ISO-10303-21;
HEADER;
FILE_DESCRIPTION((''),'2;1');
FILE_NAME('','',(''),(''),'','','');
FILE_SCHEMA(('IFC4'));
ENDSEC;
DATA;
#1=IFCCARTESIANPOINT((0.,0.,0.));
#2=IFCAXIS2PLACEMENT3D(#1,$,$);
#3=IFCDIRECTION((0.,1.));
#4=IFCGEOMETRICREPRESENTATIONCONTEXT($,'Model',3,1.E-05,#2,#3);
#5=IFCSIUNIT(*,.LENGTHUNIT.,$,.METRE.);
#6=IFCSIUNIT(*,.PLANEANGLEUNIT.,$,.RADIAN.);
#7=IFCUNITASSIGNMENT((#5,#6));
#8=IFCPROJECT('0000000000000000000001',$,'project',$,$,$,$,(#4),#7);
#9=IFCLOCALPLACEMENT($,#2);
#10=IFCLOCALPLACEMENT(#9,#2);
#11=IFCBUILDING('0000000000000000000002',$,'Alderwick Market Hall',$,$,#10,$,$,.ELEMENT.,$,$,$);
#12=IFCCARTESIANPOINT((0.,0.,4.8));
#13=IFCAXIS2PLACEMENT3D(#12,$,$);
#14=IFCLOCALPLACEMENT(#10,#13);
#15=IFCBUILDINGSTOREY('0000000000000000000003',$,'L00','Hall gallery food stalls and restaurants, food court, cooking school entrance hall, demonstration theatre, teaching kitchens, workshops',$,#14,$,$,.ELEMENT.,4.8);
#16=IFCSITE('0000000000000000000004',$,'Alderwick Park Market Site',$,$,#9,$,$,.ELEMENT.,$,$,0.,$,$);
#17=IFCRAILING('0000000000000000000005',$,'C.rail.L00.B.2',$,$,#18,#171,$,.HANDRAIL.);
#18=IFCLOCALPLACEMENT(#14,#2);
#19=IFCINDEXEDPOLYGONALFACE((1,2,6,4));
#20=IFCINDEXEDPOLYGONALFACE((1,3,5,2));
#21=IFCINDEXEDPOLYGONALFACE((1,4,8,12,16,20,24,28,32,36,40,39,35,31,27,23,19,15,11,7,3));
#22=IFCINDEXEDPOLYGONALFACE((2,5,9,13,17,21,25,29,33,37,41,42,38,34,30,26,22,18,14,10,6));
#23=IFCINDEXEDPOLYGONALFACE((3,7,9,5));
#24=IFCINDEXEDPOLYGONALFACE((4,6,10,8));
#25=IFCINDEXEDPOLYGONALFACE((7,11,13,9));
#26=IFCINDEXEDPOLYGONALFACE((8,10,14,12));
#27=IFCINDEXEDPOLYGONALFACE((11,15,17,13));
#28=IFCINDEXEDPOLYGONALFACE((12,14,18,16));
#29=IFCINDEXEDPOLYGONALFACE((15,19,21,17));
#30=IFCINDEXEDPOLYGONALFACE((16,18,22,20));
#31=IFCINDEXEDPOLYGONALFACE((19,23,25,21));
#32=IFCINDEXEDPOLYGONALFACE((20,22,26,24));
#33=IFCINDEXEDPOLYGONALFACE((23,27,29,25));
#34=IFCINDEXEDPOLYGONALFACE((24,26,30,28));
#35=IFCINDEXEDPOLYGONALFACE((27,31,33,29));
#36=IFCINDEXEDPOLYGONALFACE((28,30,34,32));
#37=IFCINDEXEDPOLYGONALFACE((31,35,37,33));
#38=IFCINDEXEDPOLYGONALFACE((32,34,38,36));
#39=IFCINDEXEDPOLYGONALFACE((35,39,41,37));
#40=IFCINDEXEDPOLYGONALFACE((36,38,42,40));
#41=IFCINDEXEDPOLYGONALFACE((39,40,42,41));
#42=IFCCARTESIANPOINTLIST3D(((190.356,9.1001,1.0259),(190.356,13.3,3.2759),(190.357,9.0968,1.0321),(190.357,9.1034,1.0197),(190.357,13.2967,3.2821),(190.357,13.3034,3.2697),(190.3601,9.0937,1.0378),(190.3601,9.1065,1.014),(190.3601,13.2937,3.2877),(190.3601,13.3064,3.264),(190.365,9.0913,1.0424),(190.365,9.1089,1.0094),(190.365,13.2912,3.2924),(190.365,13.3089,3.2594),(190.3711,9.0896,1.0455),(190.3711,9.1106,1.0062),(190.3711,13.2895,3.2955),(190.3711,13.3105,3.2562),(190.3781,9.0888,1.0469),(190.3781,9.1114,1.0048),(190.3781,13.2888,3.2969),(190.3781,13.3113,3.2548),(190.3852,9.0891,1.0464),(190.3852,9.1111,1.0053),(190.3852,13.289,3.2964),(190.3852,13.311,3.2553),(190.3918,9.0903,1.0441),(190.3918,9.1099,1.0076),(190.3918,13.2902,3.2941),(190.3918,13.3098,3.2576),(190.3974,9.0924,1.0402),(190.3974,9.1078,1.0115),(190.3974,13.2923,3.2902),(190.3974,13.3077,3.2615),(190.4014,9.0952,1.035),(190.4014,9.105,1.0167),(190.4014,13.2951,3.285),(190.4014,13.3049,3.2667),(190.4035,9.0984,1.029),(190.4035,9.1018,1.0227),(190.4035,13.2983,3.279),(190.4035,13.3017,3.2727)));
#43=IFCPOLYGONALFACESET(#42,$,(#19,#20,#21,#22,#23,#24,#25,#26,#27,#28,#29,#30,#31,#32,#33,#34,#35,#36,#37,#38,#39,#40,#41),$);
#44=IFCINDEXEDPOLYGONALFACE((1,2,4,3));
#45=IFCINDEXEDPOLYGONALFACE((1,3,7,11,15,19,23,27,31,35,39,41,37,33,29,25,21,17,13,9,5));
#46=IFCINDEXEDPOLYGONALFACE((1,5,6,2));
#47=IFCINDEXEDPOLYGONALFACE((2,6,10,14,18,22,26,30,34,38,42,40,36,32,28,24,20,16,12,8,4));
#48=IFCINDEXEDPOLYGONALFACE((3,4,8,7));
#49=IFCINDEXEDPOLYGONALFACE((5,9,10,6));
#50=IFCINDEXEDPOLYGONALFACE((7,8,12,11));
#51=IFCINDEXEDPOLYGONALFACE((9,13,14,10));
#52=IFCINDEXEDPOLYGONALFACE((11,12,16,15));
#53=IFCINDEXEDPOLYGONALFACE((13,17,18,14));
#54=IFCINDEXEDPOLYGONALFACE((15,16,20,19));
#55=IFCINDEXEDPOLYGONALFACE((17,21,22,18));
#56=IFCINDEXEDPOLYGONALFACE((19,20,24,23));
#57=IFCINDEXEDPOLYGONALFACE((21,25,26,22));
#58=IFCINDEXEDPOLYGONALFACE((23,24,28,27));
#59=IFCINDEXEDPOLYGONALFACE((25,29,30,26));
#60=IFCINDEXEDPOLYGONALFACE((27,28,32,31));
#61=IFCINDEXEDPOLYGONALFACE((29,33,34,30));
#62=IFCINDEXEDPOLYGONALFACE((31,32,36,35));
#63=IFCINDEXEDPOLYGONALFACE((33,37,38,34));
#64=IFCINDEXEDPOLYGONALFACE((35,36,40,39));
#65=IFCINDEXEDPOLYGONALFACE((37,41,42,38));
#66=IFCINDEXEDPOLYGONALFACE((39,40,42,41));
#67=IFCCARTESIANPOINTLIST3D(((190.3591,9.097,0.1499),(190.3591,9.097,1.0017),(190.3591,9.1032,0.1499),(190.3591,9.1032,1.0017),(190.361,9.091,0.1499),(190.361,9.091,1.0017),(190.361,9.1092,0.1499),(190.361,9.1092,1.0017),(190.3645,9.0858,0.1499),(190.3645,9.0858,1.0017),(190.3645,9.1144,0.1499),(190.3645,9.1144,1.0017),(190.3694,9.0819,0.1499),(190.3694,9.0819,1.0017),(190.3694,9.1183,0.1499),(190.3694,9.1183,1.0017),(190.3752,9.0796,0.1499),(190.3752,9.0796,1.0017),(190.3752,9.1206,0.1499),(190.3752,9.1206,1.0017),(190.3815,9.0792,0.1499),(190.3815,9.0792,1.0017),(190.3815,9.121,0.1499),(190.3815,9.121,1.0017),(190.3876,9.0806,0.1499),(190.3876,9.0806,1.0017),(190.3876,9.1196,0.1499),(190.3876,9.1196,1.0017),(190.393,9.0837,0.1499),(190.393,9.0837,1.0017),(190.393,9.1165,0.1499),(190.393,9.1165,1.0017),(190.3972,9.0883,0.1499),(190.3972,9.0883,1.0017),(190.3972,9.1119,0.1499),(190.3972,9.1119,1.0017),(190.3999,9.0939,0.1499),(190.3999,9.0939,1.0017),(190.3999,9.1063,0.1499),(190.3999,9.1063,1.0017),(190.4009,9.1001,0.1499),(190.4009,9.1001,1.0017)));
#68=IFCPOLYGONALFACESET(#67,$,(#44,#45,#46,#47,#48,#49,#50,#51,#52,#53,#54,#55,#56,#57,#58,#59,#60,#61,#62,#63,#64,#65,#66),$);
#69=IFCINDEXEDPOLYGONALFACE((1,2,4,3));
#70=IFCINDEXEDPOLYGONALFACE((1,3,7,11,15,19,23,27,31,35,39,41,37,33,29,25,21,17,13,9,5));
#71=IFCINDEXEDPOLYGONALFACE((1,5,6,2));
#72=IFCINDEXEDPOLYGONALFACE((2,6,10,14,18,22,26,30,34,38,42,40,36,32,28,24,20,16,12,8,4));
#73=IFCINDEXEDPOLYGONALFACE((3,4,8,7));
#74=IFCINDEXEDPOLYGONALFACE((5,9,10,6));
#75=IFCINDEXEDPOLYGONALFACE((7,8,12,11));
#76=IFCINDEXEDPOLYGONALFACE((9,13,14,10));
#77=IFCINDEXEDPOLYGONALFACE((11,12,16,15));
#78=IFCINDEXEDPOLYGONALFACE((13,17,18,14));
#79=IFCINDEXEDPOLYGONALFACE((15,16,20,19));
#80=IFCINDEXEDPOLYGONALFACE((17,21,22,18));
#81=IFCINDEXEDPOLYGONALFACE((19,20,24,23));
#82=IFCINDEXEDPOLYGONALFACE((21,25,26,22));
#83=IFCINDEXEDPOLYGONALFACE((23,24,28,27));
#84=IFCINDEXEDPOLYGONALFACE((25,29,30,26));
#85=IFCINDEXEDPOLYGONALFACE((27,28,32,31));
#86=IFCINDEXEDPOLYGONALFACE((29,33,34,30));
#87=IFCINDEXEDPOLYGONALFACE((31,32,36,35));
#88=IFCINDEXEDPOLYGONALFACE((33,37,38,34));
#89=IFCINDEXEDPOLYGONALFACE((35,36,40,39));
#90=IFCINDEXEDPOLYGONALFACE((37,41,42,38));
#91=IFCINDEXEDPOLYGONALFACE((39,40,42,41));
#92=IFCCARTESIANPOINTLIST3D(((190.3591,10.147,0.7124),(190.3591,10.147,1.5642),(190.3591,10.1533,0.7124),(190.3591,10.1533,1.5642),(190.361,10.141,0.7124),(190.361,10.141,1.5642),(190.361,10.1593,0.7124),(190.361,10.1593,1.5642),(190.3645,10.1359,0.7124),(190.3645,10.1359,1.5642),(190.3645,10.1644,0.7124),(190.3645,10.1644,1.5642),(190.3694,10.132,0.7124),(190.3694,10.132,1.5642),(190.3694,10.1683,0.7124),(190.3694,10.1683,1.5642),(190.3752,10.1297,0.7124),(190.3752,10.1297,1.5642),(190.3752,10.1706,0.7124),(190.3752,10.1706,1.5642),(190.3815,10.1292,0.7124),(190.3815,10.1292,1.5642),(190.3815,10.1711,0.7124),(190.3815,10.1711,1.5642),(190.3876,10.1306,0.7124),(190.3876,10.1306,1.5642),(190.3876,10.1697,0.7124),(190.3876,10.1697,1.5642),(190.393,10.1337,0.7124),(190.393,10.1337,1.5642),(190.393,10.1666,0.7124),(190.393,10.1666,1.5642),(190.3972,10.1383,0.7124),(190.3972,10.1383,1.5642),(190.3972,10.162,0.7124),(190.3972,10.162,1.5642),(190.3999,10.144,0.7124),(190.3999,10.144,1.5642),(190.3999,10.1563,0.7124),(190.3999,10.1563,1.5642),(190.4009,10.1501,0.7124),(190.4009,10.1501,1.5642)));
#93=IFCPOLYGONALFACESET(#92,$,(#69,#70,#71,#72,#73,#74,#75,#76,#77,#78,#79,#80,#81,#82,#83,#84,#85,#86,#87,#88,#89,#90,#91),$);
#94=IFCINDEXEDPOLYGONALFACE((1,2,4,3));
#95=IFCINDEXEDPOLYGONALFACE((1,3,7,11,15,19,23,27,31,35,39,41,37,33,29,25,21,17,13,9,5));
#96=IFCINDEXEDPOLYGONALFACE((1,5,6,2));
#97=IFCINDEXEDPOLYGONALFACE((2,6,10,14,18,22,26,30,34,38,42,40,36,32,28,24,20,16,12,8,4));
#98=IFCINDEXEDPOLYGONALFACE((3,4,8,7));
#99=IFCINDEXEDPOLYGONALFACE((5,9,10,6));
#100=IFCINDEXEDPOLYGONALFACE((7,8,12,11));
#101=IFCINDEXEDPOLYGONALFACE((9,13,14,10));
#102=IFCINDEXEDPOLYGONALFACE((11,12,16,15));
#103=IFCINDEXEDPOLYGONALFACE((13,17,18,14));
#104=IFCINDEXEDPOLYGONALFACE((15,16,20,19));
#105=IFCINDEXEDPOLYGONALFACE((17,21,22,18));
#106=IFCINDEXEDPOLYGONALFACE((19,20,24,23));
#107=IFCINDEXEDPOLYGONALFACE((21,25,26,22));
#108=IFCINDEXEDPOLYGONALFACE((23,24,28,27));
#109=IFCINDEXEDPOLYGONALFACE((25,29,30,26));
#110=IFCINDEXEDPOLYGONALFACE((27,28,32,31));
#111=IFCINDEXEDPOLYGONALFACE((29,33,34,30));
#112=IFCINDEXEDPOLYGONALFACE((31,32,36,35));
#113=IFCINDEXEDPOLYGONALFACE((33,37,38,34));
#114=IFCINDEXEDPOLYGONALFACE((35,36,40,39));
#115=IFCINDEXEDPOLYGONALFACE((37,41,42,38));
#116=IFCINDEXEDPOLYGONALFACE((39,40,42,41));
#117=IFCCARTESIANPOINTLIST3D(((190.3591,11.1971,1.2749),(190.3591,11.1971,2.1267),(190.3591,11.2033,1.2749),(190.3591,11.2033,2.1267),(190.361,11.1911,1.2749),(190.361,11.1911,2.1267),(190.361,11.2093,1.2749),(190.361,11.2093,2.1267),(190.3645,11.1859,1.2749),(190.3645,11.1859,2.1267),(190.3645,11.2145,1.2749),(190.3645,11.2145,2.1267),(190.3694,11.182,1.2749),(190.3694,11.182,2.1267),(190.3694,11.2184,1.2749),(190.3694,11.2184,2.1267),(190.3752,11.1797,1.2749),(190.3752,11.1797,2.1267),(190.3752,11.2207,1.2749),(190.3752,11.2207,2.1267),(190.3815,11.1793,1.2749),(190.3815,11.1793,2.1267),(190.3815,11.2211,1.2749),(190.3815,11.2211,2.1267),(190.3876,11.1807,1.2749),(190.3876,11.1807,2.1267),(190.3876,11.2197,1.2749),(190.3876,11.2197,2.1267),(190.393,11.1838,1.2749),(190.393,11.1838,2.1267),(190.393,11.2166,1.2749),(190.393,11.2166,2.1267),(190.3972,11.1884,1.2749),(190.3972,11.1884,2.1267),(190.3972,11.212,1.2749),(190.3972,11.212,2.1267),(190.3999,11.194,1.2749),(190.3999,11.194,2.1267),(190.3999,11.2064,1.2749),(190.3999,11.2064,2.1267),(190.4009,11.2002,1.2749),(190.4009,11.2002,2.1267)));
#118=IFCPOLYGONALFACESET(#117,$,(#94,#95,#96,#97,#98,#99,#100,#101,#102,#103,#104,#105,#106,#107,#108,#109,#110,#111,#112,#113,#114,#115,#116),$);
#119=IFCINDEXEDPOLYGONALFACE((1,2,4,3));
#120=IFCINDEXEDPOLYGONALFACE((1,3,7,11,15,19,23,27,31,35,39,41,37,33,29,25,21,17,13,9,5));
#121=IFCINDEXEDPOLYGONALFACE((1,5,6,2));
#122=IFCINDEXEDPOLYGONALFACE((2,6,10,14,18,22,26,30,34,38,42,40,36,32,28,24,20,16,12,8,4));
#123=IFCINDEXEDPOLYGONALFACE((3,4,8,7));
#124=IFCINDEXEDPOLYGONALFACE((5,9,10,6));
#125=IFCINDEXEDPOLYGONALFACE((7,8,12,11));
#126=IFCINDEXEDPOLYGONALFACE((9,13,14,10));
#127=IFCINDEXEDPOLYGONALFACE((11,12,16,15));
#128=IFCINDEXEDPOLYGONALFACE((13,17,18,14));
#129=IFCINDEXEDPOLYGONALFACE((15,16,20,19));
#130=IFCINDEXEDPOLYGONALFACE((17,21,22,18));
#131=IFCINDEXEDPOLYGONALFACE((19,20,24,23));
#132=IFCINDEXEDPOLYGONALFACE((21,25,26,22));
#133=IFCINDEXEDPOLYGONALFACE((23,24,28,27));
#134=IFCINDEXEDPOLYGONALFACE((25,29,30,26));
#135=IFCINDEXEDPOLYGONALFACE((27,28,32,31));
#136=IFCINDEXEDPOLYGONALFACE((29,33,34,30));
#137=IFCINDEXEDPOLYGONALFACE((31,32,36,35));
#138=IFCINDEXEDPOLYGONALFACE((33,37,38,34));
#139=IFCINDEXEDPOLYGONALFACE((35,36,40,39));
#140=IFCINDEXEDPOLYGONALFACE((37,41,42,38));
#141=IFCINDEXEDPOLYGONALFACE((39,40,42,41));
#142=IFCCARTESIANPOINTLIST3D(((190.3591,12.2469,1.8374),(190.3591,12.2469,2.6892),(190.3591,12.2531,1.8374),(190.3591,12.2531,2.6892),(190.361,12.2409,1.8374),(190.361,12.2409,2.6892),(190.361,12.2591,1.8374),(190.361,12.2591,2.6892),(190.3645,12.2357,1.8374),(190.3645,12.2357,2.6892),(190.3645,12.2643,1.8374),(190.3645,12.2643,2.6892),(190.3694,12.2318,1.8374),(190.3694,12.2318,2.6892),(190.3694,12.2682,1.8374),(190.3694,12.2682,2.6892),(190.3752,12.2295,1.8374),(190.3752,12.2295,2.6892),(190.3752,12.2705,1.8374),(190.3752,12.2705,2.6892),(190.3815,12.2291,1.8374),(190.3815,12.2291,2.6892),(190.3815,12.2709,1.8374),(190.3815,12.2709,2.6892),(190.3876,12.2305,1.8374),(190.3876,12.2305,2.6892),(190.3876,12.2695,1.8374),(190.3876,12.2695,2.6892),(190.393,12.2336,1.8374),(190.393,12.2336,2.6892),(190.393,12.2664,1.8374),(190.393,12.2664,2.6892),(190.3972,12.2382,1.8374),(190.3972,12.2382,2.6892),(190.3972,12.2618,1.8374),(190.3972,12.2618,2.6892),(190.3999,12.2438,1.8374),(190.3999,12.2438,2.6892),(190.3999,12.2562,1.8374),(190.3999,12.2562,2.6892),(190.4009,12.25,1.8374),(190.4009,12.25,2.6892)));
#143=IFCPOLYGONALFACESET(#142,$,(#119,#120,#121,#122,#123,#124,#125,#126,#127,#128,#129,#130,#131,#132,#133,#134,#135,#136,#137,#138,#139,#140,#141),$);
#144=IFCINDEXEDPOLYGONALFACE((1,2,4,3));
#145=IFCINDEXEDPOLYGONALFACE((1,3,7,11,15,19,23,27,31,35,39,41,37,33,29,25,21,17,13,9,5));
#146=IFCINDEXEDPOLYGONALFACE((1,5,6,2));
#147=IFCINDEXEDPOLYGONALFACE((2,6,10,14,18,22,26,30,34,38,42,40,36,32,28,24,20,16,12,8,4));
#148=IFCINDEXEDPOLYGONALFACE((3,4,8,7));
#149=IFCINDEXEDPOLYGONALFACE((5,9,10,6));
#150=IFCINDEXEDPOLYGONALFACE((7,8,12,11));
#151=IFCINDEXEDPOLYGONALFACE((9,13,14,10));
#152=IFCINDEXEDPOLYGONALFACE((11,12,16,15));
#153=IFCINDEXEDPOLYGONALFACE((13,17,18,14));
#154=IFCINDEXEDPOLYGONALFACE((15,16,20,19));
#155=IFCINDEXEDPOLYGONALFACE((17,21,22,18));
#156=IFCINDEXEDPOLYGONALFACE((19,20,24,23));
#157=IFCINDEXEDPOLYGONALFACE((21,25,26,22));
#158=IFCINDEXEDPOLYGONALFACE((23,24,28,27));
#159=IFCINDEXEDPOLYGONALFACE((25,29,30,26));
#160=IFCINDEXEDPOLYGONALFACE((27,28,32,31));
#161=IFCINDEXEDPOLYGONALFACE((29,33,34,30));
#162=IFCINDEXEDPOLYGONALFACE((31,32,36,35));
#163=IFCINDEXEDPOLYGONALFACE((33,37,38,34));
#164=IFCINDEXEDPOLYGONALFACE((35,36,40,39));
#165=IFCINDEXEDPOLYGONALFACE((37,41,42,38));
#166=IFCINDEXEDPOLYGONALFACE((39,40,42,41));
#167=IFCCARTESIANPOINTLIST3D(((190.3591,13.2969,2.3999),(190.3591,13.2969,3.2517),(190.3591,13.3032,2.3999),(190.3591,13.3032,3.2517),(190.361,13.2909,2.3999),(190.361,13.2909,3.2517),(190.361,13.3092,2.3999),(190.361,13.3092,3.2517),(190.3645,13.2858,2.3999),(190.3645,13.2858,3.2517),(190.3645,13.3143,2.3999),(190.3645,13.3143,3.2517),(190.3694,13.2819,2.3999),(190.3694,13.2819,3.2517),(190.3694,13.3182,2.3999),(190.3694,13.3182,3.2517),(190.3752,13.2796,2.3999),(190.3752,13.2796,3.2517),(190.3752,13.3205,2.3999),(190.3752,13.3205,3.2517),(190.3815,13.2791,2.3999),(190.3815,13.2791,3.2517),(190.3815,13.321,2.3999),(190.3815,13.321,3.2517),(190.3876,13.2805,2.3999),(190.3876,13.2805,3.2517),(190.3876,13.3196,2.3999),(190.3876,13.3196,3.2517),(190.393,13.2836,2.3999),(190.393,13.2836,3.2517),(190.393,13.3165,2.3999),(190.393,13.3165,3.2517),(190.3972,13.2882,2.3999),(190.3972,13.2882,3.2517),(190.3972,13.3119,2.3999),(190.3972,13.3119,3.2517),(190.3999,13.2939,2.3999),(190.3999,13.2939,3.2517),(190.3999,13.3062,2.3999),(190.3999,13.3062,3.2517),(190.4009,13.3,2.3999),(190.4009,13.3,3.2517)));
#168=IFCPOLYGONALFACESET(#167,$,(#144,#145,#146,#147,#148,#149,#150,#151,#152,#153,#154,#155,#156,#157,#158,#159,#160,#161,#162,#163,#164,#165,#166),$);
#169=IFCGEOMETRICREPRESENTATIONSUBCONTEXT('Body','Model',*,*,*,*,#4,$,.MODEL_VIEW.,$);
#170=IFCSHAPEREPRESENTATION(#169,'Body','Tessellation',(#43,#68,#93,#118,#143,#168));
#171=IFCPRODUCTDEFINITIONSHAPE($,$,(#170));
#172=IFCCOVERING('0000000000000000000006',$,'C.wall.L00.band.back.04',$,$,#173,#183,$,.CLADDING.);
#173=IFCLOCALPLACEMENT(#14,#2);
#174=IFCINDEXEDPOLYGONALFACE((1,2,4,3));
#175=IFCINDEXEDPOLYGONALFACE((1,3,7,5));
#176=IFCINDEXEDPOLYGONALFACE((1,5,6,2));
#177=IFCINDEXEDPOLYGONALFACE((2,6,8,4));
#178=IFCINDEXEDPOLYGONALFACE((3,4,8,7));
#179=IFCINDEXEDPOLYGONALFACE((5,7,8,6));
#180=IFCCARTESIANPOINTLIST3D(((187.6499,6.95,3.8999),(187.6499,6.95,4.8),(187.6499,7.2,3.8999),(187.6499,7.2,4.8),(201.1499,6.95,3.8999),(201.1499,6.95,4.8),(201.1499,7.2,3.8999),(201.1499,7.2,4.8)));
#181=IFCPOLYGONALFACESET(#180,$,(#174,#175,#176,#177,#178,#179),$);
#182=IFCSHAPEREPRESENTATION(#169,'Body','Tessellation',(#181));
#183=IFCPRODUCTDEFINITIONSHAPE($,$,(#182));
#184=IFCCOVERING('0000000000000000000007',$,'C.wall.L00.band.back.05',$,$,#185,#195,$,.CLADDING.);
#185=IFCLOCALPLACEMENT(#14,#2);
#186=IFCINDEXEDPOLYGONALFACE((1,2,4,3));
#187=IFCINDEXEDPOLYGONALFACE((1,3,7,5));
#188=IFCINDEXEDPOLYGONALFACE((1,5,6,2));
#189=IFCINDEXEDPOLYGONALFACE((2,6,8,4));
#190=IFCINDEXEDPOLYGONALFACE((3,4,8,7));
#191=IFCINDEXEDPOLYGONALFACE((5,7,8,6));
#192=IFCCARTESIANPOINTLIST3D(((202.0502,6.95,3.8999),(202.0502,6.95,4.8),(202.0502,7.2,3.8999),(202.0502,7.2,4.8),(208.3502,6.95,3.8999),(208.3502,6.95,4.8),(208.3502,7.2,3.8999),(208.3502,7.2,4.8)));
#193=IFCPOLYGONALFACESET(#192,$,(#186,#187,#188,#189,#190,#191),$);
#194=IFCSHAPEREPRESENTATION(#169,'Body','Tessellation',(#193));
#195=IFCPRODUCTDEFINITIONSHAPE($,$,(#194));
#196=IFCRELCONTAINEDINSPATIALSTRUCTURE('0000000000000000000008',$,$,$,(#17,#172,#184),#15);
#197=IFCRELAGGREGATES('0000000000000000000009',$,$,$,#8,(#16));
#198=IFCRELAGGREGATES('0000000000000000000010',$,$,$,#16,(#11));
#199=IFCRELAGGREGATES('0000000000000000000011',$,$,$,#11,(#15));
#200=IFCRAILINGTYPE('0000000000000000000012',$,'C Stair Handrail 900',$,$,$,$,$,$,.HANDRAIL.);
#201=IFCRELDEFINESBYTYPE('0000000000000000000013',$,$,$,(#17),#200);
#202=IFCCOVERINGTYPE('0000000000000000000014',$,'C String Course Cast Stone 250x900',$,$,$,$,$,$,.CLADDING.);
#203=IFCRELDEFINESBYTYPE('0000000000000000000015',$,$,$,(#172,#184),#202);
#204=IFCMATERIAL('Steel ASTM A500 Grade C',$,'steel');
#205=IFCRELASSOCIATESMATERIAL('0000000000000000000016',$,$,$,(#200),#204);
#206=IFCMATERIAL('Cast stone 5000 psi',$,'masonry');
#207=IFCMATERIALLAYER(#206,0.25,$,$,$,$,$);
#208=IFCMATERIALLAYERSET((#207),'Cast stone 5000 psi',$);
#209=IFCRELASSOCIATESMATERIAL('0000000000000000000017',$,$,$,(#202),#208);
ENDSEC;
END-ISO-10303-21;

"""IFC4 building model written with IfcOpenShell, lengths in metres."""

from ifc_helpers import new_model, si_unit, direction, frame, frame_2d, origin, origin_2d, place, context, subcontext, project, spatial, rectangle, circle, extrude, material, layer, layer_set, type_object, element, save


model = new_model("IFC4")

# Units and contexts
model_context = context("Model", 3, precision=1e-05, world=origin(), true_north=direction((0.0, 1.0)))
body_context = subcontext(model_context, "Body", "Model", "MODEL_VIEW")
ifc_project = project(units=[si_unit("LENGTHUNIT", "METRE"), si_unit("PLANEANGLEUNIT", "RADIAN")], contexts=[model_context])

# Site, building, storey
site_placement = place(None, origin())
site = spatial("IfcSite", under=ifc_project, at=site_placement, Name="Alderwick Park Market Site", CompositionType="ELEMENT", RefElevation=0.0)
building_placement = place(site_placement, origin())
building = spatial("IfcBuilding", under=site, at=building_placement, Name="Alderwick Market Hall", CompositionType="ELEMENT")
storey_placement = place(building_placement, frame((0.0, 0.0, 4.8)))
storey = spatial("IfcBuildingStorey", under=building, at=storey_placement, Name="L00", Description="Hall gallery food stalls and restaurants, food court, cooking school entrance hall, demonstration theatre, teaching kitchens, workshops", CompositionType="ELEMENT", Elevation=4.8)

# Shared definitions
ifc_material_1 = material(Name="Cast stone 5000 psi", Category="masonry")

# Railing
ifc_material_2 = material(Name="Steel ASTM A500 Grade C", Category="steel")
railing_type_1 = type_object("IfcRailingType", Name="C Stair Handrail 900", PredefinedType="HANDRAIL", material=ifc_material_2)
for number, where, name in (
    (1, (190.3799, 9.1001, 0.1499), "C.rail.L00.B.2"),
):
    element("IfcRailing", number, at=place(storey_placement, frame(where)), inside=storey, type_object=railing_type_1, Name=name, PredefinedType="HANDRAIL", context=body_context, shape_type="SweptSolid", body=[
        extrude(circle(Radius=0.0239, at=origin_2d()), frame((0.0, 0.0, 0.876), z_axis=(0.0, 0.881478, 0.472226), x_axis=(-1.0, 0.0, 0.0)), (0.0, 0.0, 1.0), 4.7646),
        extrude(circle(Radius=0.021, at=origin_2d()), origin(), (0.0, 0.0, 1.0), 0.8518),
        extrude(circle(Radius=0.021, at=origin_2d()), frame((0.0, 1.05, 0.5625)), (0.0, 0.0, 1.0), 0.8518),
        extrude(circle(Radius=0.021, at=origin_2d()), frame((0.0, 2.1001, 1.125)), (0.0, 0.0, 1.0), 0.8518),
        extrude(circle(Radius=0.021, at=origin_2d()), frame((0.0, 3.1499, 1.6875)), (0.0, 0.0, 1.0), 0.8518),
        extrude(circle(Radius=0.021, at=origin_2d()), frame((0.0, 4.2, 2.25)), (0.0, 0.0, 1.0), 0.8518),
    ])

# Coverings
ifc_layer_1 = layer(ifc_material_1, 0.25)
ifc_layer_set_1 = layer_set([ifc_layer_1], Name="Cast stone 5000 psi")
covering_type = type_object("IfcCoveringType", Name="C String Course Cast Stone 250x900", PredefinedType="CLADDING", material=ifc_layer_set_1)
covering_1_placement = place(storey_placement, frame((201.1499, 7.075, 3.8999), z_axis=(0.0, 0.0, 1.0), x_axis=(-1.0, 0.0, 0.0)))
element("IfcCovering", 2, at=covering_1_placement, inside=storey, type_object=covering_type, Name="C.wall.L00.band.back.04", PredefinedType="CLADDING", context=body_context, shape_type="SweptSolid", body=[
    extrude(rectangle(XDim=13.5, YDim=0.25, at=frame_2d((6.75, 0.0))), origin(), (0.0, 0.0, 1.0), 0.9001),
])
covering_2_placement = place(storey_placement, frame((208.3501, 7.075, 3.8999), z_axis=(0.0, 0.0, 1.0), x_axis=(-1.0, 0.0, 0.0)))
element("IfcCovering", 3, at=covering_2_placement, inside=storey, type_object=covering_type, Name="C.wall.L00.band.back.05", PredefinedType="CLADDING", context=body_context, shape_type="SweptSolid", body=[
    extrude(rectangle(XDim=6.3, YDim=0.25, at=frame_2d((3.1499, 0.0))), origin(), (0.0, 0.0, 1.0), 0.9001),
])

save(model, "model.ifc")
